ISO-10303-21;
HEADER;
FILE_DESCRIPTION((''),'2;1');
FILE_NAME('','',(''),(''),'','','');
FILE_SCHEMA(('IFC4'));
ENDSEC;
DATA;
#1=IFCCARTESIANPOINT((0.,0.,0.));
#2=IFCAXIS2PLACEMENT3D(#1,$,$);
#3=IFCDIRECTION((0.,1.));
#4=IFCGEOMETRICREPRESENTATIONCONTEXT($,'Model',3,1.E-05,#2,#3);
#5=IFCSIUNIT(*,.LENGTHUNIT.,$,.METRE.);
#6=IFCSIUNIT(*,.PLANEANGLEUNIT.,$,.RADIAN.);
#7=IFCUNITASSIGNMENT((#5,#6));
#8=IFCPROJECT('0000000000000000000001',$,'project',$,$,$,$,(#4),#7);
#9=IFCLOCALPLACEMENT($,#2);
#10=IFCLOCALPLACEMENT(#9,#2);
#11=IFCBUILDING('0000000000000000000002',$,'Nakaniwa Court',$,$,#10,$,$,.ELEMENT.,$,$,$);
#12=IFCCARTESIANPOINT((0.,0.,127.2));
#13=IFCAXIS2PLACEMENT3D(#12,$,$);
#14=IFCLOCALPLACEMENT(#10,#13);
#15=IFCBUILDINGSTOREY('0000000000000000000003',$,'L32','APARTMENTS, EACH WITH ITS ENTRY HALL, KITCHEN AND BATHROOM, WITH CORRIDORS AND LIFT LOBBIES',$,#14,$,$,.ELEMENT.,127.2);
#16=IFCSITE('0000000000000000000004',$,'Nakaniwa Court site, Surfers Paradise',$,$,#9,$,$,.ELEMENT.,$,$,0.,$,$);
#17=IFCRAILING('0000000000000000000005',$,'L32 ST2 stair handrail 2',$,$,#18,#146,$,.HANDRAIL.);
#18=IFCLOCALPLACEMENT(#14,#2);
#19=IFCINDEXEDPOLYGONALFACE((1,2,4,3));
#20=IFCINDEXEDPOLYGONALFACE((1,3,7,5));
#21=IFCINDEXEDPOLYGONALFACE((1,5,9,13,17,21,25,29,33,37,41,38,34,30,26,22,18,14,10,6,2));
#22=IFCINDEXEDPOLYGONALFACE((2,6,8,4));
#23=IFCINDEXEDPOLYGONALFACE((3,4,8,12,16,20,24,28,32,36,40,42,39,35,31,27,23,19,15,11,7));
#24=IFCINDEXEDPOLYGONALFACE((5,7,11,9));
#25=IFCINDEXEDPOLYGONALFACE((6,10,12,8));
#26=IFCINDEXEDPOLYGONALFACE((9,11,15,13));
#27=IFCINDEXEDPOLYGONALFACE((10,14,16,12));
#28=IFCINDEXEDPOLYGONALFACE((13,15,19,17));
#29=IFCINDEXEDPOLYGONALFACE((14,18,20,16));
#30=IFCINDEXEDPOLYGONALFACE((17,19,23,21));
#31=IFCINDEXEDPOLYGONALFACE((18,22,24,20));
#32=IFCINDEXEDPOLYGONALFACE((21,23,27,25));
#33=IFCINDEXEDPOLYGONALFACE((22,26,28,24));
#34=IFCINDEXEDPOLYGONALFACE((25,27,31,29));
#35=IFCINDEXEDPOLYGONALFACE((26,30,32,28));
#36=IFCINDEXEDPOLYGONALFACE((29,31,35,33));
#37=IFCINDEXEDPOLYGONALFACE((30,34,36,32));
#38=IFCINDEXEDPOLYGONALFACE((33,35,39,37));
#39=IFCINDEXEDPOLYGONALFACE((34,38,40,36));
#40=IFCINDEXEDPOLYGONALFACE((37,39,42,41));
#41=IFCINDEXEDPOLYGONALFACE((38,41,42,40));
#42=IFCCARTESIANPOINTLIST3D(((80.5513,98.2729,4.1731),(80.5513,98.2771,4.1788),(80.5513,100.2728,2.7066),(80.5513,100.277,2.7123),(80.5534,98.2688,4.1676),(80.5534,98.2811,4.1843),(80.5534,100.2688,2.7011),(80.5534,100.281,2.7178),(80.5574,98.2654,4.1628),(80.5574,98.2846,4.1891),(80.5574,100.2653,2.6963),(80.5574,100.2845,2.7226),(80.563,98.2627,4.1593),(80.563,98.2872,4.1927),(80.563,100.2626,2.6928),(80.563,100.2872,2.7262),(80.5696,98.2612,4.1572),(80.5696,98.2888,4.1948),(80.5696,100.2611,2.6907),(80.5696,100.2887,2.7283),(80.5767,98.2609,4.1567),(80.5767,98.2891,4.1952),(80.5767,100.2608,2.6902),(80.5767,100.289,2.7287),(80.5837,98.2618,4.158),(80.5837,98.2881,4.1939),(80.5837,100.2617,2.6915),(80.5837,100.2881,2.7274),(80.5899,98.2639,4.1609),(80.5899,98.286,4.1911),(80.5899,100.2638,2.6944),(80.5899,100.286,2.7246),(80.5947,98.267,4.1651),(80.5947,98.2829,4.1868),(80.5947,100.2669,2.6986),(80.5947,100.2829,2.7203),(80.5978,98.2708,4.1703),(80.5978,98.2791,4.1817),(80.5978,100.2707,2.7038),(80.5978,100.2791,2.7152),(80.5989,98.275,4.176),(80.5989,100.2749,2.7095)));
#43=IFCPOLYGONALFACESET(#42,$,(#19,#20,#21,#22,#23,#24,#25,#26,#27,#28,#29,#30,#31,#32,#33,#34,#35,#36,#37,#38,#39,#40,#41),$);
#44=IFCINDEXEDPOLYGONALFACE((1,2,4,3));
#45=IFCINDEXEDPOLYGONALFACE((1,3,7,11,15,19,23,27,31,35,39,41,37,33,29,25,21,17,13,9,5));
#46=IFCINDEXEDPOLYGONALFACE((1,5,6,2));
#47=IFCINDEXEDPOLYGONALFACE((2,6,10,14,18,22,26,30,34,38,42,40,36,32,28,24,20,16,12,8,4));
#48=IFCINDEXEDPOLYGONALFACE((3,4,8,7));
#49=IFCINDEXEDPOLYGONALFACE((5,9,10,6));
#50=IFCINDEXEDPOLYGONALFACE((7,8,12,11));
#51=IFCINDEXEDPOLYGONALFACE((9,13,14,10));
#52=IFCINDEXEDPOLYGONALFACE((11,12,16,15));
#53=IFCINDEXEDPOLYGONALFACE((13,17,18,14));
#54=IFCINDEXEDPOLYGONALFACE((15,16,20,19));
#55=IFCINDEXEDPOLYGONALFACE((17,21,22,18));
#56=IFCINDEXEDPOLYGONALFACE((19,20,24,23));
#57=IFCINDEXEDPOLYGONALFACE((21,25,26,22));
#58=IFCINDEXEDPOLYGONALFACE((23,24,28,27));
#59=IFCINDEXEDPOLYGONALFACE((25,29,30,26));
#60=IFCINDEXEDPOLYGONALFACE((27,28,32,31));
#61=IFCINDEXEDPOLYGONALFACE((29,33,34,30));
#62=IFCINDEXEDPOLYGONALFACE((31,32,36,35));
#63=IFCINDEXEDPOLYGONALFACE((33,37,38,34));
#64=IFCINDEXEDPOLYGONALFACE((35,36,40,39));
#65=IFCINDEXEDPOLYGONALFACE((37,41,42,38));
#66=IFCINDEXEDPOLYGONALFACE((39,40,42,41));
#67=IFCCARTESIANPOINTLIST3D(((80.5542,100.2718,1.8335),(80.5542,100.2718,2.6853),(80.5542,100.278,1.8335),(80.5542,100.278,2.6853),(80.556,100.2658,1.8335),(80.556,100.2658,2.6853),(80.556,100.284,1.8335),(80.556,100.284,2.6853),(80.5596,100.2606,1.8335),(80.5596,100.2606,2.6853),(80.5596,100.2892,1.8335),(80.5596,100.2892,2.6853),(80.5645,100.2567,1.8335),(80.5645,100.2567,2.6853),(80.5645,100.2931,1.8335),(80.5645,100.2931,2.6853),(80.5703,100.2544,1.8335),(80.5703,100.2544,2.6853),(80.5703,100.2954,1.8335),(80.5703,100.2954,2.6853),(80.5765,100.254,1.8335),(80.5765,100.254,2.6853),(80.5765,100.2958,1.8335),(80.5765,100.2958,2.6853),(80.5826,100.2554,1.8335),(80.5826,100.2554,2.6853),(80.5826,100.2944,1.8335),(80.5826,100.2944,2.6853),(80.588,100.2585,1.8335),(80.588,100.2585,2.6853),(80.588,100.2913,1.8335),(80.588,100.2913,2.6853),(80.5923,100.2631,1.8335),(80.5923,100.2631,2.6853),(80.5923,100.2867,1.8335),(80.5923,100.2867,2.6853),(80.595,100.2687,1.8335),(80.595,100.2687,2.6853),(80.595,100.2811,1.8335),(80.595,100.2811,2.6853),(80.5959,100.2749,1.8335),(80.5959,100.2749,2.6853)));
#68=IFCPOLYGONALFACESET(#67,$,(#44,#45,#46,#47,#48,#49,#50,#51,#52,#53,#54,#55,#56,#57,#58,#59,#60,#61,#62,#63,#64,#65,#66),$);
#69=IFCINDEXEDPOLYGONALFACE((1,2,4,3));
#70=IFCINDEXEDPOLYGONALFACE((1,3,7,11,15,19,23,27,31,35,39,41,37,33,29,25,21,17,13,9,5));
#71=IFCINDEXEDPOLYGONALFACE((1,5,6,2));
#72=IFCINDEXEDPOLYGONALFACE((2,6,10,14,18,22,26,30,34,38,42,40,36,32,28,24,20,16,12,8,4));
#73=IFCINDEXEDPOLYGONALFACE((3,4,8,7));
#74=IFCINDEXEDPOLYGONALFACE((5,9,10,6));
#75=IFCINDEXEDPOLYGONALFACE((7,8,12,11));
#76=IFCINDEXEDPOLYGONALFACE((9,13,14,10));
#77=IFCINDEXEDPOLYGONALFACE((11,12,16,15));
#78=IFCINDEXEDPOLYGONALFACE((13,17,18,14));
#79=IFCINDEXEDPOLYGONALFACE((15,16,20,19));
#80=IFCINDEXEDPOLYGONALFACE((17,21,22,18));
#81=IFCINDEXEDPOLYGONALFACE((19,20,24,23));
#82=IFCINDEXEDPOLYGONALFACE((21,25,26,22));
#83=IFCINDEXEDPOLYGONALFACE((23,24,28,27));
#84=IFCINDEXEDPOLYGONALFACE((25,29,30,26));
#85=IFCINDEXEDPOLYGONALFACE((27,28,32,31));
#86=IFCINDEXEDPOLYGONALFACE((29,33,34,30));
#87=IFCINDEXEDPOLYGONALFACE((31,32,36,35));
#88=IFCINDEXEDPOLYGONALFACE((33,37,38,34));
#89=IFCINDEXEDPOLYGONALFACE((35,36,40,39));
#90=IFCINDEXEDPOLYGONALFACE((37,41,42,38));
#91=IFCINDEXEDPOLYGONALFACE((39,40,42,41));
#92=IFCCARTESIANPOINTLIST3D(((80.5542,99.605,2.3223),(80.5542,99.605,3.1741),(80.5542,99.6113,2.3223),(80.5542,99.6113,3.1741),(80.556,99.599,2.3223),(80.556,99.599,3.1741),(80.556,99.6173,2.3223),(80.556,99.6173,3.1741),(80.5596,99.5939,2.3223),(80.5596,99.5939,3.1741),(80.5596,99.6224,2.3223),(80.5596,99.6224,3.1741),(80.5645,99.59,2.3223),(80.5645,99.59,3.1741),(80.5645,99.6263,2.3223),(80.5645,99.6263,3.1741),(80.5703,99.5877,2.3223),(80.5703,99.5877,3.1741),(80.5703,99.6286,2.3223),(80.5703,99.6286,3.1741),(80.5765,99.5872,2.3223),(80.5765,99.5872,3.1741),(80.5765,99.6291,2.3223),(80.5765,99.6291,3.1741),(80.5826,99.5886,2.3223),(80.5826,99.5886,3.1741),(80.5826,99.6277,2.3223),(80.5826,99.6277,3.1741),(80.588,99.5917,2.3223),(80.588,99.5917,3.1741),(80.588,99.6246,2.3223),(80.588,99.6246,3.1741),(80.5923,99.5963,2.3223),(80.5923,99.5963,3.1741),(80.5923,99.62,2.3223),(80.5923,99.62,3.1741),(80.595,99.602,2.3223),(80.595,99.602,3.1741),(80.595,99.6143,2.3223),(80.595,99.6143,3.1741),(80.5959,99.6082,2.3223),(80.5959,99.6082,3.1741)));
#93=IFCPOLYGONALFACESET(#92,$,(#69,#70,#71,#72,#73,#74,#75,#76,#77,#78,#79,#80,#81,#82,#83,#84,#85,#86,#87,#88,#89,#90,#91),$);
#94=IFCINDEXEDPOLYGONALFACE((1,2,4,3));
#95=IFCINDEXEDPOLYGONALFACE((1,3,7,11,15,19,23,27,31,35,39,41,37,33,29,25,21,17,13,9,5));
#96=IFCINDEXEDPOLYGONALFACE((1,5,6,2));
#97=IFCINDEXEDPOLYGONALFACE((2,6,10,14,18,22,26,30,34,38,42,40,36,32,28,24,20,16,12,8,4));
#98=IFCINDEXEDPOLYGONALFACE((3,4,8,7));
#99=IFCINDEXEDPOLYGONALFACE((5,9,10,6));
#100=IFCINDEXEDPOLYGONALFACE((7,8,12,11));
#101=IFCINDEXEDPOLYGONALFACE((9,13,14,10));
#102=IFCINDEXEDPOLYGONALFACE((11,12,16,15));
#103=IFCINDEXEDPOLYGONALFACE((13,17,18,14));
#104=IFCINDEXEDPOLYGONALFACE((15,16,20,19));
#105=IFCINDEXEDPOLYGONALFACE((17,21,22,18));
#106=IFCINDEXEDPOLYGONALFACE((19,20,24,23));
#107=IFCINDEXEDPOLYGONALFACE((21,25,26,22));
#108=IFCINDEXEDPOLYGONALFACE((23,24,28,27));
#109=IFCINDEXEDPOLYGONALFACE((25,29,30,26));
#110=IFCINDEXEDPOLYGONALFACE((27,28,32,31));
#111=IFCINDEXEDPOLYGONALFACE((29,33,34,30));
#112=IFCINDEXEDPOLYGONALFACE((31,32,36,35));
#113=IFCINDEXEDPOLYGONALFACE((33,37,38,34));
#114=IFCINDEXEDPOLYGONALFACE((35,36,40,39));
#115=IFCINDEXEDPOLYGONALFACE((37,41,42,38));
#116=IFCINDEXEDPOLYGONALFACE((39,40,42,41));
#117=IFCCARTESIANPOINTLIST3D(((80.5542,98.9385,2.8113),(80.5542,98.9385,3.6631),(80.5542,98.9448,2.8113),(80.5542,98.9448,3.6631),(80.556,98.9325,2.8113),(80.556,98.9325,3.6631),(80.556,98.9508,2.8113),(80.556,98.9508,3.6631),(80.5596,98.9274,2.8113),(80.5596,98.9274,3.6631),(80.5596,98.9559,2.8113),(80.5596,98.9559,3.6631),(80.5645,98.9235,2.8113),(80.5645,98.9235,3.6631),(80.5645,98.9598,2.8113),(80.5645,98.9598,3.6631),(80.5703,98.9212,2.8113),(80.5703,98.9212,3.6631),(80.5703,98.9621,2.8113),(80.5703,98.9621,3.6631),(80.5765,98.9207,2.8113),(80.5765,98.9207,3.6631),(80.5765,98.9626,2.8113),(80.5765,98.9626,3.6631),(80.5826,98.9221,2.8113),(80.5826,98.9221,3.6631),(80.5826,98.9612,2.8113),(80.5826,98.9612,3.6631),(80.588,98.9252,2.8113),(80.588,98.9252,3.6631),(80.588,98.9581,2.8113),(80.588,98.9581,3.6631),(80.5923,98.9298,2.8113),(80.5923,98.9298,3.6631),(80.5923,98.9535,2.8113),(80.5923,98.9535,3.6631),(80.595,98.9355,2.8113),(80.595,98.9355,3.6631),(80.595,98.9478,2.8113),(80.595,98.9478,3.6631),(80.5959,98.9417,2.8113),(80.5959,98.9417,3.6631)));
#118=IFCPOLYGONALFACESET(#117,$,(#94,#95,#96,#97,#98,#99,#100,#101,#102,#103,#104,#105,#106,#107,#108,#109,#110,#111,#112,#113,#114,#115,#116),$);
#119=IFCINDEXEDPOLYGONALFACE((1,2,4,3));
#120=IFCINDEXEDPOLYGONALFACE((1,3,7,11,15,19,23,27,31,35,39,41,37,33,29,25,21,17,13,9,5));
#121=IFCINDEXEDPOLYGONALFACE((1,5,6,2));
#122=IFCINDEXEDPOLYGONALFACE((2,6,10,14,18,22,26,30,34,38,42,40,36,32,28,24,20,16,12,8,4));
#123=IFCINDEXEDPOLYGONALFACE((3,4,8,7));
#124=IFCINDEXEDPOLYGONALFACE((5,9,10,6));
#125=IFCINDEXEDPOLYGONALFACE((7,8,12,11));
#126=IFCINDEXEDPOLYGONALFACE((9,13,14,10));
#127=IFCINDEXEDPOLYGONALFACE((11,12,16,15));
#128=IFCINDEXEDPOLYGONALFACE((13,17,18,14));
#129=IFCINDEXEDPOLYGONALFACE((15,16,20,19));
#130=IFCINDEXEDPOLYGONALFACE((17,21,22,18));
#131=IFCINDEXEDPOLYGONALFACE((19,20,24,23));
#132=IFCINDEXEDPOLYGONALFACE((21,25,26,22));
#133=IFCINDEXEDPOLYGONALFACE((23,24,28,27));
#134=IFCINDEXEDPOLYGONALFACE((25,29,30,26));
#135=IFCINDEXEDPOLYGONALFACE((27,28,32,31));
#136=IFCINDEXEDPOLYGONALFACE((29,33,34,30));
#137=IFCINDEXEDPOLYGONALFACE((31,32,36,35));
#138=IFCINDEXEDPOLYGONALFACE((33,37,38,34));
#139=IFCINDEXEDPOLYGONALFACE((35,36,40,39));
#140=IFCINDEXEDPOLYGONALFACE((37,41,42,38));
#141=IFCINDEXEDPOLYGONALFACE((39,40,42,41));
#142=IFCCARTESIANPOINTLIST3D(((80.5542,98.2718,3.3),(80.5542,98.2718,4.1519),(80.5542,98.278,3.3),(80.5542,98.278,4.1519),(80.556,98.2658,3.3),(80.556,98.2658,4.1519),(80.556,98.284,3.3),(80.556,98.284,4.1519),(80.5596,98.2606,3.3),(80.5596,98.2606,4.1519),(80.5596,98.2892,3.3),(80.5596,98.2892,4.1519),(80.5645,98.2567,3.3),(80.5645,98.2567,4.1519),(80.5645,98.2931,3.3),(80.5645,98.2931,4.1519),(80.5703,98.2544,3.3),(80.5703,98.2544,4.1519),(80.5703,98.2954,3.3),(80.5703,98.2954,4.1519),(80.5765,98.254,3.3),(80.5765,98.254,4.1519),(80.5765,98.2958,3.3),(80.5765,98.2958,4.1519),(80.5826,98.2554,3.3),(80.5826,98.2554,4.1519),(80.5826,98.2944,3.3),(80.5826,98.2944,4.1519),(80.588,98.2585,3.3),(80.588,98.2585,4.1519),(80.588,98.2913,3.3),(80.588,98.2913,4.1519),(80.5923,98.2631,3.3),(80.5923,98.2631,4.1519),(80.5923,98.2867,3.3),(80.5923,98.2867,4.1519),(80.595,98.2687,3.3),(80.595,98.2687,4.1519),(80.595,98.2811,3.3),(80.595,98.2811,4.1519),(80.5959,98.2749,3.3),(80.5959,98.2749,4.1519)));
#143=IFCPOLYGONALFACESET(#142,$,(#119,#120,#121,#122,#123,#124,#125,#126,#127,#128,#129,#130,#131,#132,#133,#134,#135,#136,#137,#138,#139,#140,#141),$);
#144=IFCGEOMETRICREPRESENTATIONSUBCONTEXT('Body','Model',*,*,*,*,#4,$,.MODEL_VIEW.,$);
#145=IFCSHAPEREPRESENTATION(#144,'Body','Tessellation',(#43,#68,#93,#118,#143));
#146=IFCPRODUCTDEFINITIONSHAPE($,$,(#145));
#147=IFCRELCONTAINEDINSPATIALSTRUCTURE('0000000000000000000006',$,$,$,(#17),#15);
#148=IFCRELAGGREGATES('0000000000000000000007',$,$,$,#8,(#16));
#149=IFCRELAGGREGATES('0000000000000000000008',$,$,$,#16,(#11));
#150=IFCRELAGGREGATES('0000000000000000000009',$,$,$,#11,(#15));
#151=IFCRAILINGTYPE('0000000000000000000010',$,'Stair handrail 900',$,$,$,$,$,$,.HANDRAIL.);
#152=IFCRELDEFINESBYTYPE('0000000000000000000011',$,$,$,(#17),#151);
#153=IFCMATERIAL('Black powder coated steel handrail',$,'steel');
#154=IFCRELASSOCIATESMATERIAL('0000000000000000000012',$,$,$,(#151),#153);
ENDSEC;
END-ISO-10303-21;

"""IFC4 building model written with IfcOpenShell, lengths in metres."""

from ifc_helpers import new_model, si_unit, direction, frame, origin, origin_2d, place, context, subcontext, project, spatial, circle, extrude, material, type_object, element, save


model = new_model("IFC4")

# Units and contexts
model_context = context("Model", 3, precision=1e-05, world=origin(), true_north=direction((0.0, 1.0)))
body_context = subcontext(model_context, "Body", "Model", "MODEL_VIEW")
ifc_project = project(units=[si_unit("LENGTHUNIT", "METRE"), si_unit("PLANEANGLEUNIT", "RADIAN")], contexts=[model_context])

# Site, building, storey
site_placement = place(None, origin())
site = spatial("IfcSite", under=ifc_project, at=site_placement, Name="Nakaniwa Court site, Surfers Paradise", CompositionType="ELEMENT", RefElevation=0.0)
building_placement = place(site_placement, origin())
building = spatial("IfcBuilding", under=site, at=building_placement, Name="Nakaniwa Court", CompositionType="ELEMENT")
storey_placement = place(building_placement, frame((0.0, 0.0, 127.2)))
storey = spatial("IfcBuildingStorey", under=building, at=storey_placement, Name="L32", Description="APARTMENTS, EACH WITH ITS ENTRY HALL, KITCHEN AND BATHROOM, WITH CORRIDORS AND LIFT LOBBIES", CompositionType="ELEMENT", Elevation=127.2)

# Railing
ifc_material_1 = material(Name="Black powder coated steel handrail", Category="steel")
railing_type_1 = type_object("IfcRailingType", Name="Stair handrail 900", PredefinedType="HANDRAIL", material=ifc_material_1)
railing_1_placement = place(storey_placement, frame((80.575, 100.2749, 1.8335)))
element("IfcRailing", 1, at=railing_1_placement, inside=storey, type_object=railing_type_1, Name="L32 ST2 stair handrail 2", PredefinedType="HANDRAIL", context=body_context, shape_type="SweptSolid", body=[
    extrude(circle(Radius=0.0239, at=origin_2d()), frame((0.0, 0.0, 0.876), z_axis=(0.0, -0.806427, 0.591334), x_axis=(1.0, 0.0, 0.0)), (0.0, 0.0, 1.0), 2.48),
    extrude(circle(Radius=0.021, at=origin_2d()), origin(), (0.0, 0.0, 1.0), 0.8518),
    extrude(circle(Radius=0.021, at=origin_2d()), frame((0.0, -0.6667, 0.4888)), (0.0, 0.0, 1.0), 0.8518),
    extrude(circle(Radius=0.021, at=origin_2d()), frame((0.0, -1.3333, 0.9778)), (0.0, 0.0, 1.0), 0.8518),
    extrude(circle(Radius=0.021, at=origin_2d()), frame((0.0, -2.0, 1.4666)), (0.0, 0.0, 1.0), 0.8518),
])

save(model, "model.ifc")
